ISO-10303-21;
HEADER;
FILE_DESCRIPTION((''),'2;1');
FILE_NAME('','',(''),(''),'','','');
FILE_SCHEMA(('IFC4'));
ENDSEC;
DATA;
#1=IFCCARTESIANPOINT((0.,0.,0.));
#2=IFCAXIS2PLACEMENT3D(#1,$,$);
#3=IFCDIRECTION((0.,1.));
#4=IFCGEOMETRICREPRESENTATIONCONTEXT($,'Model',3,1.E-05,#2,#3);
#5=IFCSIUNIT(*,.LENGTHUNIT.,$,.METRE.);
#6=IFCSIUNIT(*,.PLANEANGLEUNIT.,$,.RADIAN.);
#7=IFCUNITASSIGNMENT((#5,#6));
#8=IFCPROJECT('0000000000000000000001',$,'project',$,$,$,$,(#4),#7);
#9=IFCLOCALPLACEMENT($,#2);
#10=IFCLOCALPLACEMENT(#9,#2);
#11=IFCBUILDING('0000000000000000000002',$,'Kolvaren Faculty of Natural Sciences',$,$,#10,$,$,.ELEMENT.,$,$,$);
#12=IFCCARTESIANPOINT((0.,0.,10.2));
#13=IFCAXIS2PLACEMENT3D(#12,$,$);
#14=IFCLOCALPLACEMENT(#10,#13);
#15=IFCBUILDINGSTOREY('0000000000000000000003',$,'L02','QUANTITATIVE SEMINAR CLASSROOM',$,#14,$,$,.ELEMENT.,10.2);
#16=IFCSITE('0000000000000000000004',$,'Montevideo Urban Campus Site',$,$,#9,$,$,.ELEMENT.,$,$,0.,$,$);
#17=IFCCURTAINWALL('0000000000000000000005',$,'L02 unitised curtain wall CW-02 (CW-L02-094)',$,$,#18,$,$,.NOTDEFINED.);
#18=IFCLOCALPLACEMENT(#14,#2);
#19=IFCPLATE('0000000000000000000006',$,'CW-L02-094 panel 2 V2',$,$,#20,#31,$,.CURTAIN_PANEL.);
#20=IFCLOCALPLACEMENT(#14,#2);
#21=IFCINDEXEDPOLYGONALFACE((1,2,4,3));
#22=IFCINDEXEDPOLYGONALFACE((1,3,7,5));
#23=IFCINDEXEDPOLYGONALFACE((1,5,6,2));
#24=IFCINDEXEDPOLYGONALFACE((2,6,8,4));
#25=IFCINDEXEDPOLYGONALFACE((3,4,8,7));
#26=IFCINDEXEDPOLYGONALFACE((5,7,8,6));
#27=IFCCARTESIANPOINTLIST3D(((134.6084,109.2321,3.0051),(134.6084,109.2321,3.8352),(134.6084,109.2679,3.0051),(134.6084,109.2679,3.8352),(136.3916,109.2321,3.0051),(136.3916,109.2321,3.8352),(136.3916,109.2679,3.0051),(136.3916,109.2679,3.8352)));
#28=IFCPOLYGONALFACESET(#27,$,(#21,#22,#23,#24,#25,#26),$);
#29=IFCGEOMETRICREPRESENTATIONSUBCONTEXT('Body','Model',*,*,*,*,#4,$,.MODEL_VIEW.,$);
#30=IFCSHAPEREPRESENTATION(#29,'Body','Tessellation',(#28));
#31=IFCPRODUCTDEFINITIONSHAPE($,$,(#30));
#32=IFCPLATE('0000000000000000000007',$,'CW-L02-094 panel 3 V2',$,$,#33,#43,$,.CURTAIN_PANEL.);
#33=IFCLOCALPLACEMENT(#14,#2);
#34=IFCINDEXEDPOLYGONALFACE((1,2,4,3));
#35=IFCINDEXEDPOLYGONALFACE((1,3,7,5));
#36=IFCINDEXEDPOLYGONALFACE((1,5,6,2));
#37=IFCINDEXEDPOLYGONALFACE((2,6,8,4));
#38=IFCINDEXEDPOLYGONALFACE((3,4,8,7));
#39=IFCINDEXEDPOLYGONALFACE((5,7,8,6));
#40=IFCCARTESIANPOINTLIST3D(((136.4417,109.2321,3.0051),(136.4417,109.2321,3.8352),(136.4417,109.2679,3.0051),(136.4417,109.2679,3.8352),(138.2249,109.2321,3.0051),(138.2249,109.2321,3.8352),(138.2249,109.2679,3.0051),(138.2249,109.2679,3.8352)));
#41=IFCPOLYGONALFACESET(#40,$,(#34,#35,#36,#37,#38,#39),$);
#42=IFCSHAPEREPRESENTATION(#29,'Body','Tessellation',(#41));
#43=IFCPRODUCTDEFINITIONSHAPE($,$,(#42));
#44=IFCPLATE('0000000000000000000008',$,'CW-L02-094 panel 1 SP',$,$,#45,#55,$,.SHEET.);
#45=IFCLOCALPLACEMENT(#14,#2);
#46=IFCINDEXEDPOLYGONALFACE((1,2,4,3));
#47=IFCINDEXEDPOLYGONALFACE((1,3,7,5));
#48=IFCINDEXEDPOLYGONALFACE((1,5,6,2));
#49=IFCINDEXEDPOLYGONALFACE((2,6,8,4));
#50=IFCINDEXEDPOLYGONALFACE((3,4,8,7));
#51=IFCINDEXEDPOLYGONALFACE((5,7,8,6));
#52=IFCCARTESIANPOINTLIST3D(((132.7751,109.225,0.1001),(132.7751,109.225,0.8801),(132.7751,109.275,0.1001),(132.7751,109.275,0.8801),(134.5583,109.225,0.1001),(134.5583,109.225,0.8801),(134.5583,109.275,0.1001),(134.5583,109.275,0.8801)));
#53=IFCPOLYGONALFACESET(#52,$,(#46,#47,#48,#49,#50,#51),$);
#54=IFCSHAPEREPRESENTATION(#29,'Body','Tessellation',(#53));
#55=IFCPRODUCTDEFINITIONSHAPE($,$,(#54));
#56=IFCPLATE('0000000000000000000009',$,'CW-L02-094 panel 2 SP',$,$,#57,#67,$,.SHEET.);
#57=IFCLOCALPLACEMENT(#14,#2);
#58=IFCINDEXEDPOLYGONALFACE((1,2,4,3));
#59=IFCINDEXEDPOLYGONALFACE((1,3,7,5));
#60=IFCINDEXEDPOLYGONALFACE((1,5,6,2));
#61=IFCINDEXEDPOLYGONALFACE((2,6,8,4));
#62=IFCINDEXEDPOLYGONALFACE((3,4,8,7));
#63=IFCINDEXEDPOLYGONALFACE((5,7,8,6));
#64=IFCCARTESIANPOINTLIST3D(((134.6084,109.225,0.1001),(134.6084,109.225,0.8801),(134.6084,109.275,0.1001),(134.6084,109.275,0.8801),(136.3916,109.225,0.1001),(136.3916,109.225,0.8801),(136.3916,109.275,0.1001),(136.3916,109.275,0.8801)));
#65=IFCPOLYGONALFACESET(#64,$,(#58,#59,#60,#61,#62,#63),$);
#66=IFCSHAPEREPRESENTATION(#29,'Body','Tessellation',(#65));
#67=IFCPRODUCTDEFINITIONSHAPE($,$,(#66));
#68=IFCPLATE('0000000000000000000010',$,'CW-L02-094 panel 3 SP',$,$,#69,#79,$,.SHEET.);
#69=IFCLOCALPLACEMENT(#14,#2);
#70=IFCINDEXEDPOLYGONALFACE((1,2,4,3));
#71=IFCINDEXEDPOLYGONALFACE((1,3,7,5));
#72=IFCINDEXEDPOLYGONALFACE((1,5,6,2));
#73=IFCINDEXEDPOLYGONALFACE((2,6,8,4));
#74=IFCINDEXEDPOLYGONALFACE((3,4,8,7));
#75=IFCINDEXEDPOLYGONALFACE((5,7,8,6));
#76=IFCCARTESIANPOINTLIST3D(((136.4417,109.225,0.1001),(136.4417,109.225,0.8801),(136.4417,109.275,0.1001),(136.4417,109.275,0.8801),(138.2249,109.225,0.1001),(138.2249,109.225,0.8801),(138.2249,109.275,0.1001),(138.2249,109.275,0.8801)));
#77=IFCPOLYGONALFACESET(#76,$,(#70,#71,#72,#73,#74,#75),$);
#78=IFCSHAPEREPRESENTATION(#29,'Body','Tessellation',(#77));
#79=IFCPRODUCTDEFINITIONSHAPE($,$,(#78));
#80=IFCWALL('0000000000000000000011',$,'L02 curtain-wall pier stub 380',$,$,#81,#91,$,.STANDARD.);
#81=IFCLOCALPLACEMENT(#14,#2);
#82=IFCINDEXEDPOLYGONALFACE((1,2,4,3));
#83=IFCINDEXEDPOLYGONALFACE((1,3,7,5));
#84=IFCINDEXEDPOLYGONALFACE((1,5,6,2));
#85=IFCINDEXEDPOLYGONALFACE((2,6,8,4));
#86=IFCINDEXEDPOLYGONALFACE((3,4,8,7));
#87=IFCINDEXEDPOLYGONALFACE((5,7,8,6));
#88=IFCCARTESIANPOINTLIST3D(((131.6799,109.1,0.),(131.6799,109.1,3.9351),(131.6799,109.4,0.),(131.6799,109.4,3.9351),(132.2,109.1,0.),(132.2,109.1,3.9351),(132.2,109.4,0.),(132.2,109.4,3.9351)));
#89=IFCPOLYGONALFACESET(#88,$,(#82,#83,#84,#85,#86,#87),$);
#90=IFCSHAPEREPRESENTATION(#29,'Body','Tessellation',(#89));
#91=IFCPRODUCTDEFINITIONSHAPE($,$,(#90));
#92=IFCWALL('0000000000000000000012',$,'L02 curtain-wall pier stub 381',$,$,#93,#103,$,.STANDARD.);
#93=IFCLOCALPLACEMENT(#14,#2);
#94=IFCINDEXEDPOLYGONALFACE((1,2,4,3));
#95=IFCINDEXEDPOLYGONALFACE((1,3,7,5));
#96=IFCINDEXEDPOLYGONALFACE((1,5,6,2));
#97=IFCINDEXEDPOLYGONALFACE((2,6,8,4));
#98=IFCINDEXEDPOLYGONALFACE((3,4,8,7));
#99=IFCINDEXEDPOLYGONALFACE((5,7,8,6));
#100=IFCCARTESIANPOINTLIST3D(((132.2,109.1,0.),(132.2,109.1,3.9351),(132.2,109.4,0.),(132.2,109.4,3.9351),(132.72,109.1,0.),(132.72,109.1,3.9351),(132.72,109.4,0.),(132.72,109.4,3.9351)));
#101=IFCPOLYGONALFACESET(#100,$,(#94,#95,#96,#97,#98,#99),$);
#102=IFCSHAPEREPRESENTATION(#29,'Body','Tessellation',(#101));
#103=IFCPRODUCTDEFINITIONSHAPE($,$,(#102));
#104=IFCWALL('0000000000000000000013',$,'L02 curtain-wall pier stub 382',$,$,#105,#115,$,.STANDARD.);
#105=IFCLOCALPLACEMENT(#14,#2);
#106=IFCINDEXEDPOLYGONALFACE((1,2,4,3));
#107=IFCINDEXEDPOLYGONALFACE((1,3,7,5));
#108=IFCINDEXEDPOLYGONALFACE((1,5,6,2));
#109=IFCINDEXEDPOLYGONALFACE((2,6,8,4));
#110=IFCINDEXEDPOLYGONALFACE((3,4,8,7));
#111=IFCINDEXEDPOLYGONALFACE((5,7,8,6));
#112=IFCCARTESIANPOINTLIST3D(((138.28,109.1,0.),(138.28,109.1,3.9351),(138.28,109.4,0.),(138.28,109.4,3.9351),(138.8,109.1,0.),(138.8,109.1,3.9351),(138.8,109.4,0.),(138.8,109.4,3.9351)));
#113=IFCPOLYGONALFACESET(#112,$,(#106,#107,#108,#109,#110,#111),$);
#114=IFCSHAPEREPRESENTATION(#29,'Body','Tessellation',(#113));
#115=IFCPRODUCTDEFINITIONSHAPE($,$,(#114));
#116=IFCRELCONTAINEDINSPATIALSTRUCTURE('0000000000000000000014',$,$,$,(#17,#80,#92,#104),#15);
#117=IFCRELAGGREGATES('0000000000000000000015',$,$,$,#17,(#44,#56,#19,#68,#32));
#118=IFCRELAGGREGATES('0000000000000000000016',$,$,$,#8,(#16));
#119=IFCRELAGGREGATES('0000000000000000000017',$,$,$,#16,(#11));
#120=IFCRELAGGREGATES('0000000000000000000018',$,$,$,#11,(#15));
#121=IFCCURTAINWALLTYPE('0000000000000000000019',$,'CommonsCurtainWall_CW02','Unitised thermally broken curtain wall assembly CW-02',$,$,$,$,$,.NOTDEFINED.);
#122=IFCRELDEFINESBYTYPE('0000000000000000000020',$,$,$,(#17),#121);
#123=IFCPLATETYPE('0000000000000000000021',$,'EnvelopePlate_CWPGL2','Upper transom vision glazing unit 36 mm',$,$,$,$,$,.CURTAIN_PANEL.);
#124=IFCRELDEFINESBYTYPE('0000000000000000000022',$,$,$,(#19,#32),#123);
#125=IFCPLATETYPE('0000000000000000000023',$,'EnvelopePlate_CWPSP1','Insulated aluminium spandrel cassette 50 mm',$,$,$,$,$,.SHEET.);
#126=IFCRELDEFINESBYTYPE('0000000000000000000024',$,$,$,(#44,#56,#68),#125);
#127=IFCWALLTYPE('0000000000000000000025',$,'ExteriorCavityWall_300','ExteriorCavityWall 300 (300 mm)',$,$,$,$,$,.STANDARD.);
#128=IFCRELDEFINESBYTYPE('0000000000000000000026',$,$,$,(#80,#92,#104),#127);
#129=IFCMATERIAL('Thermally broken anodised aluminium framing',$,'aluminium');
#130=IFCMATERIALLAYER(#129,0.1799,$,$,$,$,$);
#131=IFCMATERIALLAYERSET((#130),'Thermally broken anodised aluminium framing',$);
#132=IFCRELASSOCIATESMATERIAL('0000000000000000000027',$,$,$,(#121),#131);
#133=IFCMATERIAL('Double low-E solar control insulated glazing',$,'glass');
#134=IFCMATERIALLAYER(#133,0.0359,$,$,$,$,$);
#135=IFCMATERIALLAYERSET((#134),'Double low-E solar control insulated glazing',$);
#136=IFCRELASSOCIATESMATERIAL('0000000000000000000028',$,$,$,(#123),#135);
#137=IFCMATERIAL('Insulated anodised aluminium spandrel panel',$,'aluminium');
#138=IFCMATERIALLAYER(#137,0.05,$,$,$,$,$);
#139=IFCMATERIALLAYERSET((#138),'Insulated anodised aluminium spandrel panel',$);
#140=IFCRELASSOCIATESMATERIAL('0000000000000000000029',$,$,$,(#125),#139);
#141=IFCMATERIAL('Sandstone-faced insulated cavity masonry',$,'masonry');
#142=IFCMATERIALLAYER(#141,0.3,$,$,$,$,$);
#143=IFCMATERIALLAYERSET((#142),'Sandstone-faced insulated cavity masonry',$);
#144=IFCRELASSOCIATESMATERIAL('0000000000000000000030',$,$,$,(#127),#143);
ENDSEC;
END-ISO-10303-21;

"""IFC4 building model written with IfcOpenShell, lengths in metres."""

from ifc_helpers import new_model, si_unit, direction, frame, frame_2d, origin, origin_2d, place, context, subcontext, project, spatial, rectangle, extrude, material, layer, layer_set, type_object, element, aggregate, save


model = new_model("IFC4")

# Units and contexts
model_context = context("Model", 3, precision=1e-05, world=origin(), true_north=direction((0.0, 1.0)))
body_context = subcontext(model_context, "Body", "Model", "MODEL_VIEW")
ifc_project = project(units=[si_unit("LENGTHUNIT", "METRE"), si_unit("PLANEANGLEUNIT", "RADIAN")], contexts=[model_context])

# Site, building, storey
site_placement = place(None, origin())
site = spatial("IfcSite", under=ifc_project, at=site_placement, Name="Montevideo Urban Campus Site", CompositionType="ELEMENT", RefElevation=0.0)
building_placement = place(site_placement, origin())
building = spatial("IfcBuilding", under=site, at=building_placement, Name="Kolvaren Faculty of Natural Sciences", CompositionType="ELEMENT")
storey_placement = place(building_placement, frame((0.0, 0.0, 10.2)))
storey = spatial("IfcBuildingStorey", under=building, at=storey_placement, Name="L02", Description="QUANTITATIVE SEMINAR CLASSROOM", CompositionType="ELEMENT", Elevation=10.2)

# Curtain wall
ifc_material_1 = material(Name="Thermally broken anodised aluminium framing", Category="aluminium")
ifc_layer_1 = layer(ifc_material_1, 0.1799)
ifc_layer_set_1 = layer_set([ifc_layer_1], Name="Thermally broken anodised aluminium framing")
curtain_wall_type = type_object("IfcCurtainWallType", Name="CommonsCurtainWall_CW02", Description="Unitised thermally broken curtain wall assembly CW-02", PredefinedType="NOTDEFINED", material=ifc_layer_set_1)
curtain_wall_placement = place(storey_placement, origin())
curtain_wall = element("IfcCurtainWall", 1, at=curtain_wall_placement, inside=storey, type_object=curtain_wall_type, Name="L02 unitised curtain wall CW-02 (CW-L02-094)", PredefinedType="NOTDEFINED")

# Plates
ifc_material_2 = material(Name="Double low-E solar control insulated glazing", Category="glass")
ifc_layer_2 = layer(ifc_material_2, 0.0359)
ifc_layer_set_2 = layer_set([ifc_layer_2], Name="Double low-E solar control insulated glazing")
plate_type_1 = type_object("IfcPlateType", Name="EnvelopePlate_CWPGL2", Description="Upper transom vision glazing unit 36 mm", PredefinedType="CURTAIN_PANEL", material=ifc_layer_set_2)
plate_1_placement = place(storey_placement, frame((135.5, 109.25, 3.0051), z_axis=(0.0, 0.0, 1.0), x_axis=(1.0, 0.0, 0.0)))
plate_1 = element("IfcPlate", 2, at=plate_1_placement, type_object=plate_type_1, Name="CW-L02-094 panel 2 V2", PredefinedType="CURTAIN_PANEL", context=body_context, shape_type="SweptSolid", body=[
    extrude(rectangle(XDim=1.7832, YDim=0.0359, at=origin_2d()), origin(), (0.0, 0.0, 1.0), 0.8301),
])
plate_2_placement = place(storey_placement, frame((137.3333, 109.25, 3.0051), z_axis=(0.0, 0.0, 1.0), x_axis=(1.0, 0.0, 0.0)))
plate_2 = element("IfcPlate", 3, at=plate_2_placement, type_object=plate_type_1, Name="CW-L02-094 panel 3 V2", PredefinedType="CURTAIN_PANEL", context=body_context, shape_type="SweptSolid", body=[
    extrude(rectangle(XDim=1.7832, YDim=0.0359, at=origin_2d()), origin(), (0.0, 0.0, 1.0), 0.8301),
])
ifc_material_3 = material(Name="Insulated anodised aluminium spandrel panel", Category="aluminium")
ifc_layer_3 = layer(ifc_material_3, 0.05)
ifc_layer_set_3 = layer_set([ifc_layer_3], Name="Insulated anodised aluminium spandrel panel")
plate_type_2 = type_object("IfcPlateType", Name="EnvelopePlate_CWPSP1", Description="Insulated aluminium spandrel cassette 50 mm", PredefinedType="SHEET", material=ifc_layer_set_3)
plate_3_placement = place(storey_placement, frame((133.6667, 109.25, 0.1001), z_axis=(0.0, 0.0, 1.0), x_axis=(1.0, 0.0, 0.0)))
plate_3 = element("IfcPlate", 4, at=plate_3_placement, type_object=plate_type_2, Name="CW-L02-094 panel 1 SP", PredefinedType="SHEET", context=body_context, shape_type="SweptSolid", body=[
    extrude(rectangle(XDim=1.7832, YDim=0.05, at=origin_2d()), origin(), (0.0, 0.0, 1.0), 0.78),
])
plate_4_placement = place(storey_placement, frame((135.5, 109.25, 0.1001), z_axis=(0.0, 0.0, 1.0), x_axis=(1.0, 0.0, 0.0)))
plate_4 = element("IfcPlate", 5, at=plate_4_placement, type_object=plate_type_2, Name="CW-L02-094 panel 2 SP", PredefinedType="SHEET", context=body_context, shape_type="SweptSolid", body=[
    extrude(rectangle(XDim=1.7832, YDim=0.05, at=origin_2d()), origin(), (0.0, 0.0, 1.0), 0.78),
])
plate_5_placement = place(storey_placement, frame((137.3333, 109.25, 0.1001), z_axis=(0.0, 0.0, 1.0), x_axis=(1.0, 0.0, 0.0)))
plate_5 = element("IfcPlate", 6, at=plate_5_placement, type_object=plate_type_2, Name="CW-L02-094 panel 3 SP", PredefinedType="SHEET", context=body_context, shape_type="SweptSolid", body=[
    extrude(rectangle(XDim=1.7832, YDim=0.05, at=origin_2d()), origin(), (0.0, 0.0, 1.0), 0.78),
])
aggregate(curtain_wall, [plate_3, plate_4, plate_1, plate_5, plate_2])

# Walls
ifc_material_4 = material(Name="Sandstone-faced insulated cavity masonry", Category="masonry")
ifc_layer_4 = layer(ifc_material_4, 0.3)
ifc_layer_set_4 = layer_set([ifc_layer_4], Name="Sandstone-faced insulated cavity masonry")
wall_type = type_object("IfcWallType", Name="ExteriorCavityWall_300", Description="ExteriorCavityWall 300 (300 mm)", PredefinedType="STANDARD", material=ifc_layer_set_4)
for number, where, z_axis, x_axis, name in (
    (7, (131.6799, 109.25, 0.0), (0.0, 0.0, 1.0), (1.0, 0.0, 0.0), "L02 curtain-wall pier stub 380"),
    (8, (132.2, 109.25, 0.0), (0.0, 0.0, 1.0), (1.0, 0.0, 0.0), "L02 curtain-wall pier stub 381"),
    (9, (138.28, 109.25, 0.0), (0.0, 0.0, 1.0), (1.0, 0.0, 0.0), "L02 curtain-wall pier stub 382"),
):
    element("IfcWall", number, at=place(storey_placement, frame(where, z_axis=z_axis, x_axis=x_axis)), inside=storey, type_object=wall_type, Name=name, PredefinedType="STANDARD", context=body_context, shape_type="SweptSolid", body=[
        extrude(rectangle(XDim=0.52, YDim=0.3, at=frame_2d((0.26, 0.0))), origin(), (0.0, 0.0, 1.0), 3.9351),
    ])

save(model, "model.ifc")
